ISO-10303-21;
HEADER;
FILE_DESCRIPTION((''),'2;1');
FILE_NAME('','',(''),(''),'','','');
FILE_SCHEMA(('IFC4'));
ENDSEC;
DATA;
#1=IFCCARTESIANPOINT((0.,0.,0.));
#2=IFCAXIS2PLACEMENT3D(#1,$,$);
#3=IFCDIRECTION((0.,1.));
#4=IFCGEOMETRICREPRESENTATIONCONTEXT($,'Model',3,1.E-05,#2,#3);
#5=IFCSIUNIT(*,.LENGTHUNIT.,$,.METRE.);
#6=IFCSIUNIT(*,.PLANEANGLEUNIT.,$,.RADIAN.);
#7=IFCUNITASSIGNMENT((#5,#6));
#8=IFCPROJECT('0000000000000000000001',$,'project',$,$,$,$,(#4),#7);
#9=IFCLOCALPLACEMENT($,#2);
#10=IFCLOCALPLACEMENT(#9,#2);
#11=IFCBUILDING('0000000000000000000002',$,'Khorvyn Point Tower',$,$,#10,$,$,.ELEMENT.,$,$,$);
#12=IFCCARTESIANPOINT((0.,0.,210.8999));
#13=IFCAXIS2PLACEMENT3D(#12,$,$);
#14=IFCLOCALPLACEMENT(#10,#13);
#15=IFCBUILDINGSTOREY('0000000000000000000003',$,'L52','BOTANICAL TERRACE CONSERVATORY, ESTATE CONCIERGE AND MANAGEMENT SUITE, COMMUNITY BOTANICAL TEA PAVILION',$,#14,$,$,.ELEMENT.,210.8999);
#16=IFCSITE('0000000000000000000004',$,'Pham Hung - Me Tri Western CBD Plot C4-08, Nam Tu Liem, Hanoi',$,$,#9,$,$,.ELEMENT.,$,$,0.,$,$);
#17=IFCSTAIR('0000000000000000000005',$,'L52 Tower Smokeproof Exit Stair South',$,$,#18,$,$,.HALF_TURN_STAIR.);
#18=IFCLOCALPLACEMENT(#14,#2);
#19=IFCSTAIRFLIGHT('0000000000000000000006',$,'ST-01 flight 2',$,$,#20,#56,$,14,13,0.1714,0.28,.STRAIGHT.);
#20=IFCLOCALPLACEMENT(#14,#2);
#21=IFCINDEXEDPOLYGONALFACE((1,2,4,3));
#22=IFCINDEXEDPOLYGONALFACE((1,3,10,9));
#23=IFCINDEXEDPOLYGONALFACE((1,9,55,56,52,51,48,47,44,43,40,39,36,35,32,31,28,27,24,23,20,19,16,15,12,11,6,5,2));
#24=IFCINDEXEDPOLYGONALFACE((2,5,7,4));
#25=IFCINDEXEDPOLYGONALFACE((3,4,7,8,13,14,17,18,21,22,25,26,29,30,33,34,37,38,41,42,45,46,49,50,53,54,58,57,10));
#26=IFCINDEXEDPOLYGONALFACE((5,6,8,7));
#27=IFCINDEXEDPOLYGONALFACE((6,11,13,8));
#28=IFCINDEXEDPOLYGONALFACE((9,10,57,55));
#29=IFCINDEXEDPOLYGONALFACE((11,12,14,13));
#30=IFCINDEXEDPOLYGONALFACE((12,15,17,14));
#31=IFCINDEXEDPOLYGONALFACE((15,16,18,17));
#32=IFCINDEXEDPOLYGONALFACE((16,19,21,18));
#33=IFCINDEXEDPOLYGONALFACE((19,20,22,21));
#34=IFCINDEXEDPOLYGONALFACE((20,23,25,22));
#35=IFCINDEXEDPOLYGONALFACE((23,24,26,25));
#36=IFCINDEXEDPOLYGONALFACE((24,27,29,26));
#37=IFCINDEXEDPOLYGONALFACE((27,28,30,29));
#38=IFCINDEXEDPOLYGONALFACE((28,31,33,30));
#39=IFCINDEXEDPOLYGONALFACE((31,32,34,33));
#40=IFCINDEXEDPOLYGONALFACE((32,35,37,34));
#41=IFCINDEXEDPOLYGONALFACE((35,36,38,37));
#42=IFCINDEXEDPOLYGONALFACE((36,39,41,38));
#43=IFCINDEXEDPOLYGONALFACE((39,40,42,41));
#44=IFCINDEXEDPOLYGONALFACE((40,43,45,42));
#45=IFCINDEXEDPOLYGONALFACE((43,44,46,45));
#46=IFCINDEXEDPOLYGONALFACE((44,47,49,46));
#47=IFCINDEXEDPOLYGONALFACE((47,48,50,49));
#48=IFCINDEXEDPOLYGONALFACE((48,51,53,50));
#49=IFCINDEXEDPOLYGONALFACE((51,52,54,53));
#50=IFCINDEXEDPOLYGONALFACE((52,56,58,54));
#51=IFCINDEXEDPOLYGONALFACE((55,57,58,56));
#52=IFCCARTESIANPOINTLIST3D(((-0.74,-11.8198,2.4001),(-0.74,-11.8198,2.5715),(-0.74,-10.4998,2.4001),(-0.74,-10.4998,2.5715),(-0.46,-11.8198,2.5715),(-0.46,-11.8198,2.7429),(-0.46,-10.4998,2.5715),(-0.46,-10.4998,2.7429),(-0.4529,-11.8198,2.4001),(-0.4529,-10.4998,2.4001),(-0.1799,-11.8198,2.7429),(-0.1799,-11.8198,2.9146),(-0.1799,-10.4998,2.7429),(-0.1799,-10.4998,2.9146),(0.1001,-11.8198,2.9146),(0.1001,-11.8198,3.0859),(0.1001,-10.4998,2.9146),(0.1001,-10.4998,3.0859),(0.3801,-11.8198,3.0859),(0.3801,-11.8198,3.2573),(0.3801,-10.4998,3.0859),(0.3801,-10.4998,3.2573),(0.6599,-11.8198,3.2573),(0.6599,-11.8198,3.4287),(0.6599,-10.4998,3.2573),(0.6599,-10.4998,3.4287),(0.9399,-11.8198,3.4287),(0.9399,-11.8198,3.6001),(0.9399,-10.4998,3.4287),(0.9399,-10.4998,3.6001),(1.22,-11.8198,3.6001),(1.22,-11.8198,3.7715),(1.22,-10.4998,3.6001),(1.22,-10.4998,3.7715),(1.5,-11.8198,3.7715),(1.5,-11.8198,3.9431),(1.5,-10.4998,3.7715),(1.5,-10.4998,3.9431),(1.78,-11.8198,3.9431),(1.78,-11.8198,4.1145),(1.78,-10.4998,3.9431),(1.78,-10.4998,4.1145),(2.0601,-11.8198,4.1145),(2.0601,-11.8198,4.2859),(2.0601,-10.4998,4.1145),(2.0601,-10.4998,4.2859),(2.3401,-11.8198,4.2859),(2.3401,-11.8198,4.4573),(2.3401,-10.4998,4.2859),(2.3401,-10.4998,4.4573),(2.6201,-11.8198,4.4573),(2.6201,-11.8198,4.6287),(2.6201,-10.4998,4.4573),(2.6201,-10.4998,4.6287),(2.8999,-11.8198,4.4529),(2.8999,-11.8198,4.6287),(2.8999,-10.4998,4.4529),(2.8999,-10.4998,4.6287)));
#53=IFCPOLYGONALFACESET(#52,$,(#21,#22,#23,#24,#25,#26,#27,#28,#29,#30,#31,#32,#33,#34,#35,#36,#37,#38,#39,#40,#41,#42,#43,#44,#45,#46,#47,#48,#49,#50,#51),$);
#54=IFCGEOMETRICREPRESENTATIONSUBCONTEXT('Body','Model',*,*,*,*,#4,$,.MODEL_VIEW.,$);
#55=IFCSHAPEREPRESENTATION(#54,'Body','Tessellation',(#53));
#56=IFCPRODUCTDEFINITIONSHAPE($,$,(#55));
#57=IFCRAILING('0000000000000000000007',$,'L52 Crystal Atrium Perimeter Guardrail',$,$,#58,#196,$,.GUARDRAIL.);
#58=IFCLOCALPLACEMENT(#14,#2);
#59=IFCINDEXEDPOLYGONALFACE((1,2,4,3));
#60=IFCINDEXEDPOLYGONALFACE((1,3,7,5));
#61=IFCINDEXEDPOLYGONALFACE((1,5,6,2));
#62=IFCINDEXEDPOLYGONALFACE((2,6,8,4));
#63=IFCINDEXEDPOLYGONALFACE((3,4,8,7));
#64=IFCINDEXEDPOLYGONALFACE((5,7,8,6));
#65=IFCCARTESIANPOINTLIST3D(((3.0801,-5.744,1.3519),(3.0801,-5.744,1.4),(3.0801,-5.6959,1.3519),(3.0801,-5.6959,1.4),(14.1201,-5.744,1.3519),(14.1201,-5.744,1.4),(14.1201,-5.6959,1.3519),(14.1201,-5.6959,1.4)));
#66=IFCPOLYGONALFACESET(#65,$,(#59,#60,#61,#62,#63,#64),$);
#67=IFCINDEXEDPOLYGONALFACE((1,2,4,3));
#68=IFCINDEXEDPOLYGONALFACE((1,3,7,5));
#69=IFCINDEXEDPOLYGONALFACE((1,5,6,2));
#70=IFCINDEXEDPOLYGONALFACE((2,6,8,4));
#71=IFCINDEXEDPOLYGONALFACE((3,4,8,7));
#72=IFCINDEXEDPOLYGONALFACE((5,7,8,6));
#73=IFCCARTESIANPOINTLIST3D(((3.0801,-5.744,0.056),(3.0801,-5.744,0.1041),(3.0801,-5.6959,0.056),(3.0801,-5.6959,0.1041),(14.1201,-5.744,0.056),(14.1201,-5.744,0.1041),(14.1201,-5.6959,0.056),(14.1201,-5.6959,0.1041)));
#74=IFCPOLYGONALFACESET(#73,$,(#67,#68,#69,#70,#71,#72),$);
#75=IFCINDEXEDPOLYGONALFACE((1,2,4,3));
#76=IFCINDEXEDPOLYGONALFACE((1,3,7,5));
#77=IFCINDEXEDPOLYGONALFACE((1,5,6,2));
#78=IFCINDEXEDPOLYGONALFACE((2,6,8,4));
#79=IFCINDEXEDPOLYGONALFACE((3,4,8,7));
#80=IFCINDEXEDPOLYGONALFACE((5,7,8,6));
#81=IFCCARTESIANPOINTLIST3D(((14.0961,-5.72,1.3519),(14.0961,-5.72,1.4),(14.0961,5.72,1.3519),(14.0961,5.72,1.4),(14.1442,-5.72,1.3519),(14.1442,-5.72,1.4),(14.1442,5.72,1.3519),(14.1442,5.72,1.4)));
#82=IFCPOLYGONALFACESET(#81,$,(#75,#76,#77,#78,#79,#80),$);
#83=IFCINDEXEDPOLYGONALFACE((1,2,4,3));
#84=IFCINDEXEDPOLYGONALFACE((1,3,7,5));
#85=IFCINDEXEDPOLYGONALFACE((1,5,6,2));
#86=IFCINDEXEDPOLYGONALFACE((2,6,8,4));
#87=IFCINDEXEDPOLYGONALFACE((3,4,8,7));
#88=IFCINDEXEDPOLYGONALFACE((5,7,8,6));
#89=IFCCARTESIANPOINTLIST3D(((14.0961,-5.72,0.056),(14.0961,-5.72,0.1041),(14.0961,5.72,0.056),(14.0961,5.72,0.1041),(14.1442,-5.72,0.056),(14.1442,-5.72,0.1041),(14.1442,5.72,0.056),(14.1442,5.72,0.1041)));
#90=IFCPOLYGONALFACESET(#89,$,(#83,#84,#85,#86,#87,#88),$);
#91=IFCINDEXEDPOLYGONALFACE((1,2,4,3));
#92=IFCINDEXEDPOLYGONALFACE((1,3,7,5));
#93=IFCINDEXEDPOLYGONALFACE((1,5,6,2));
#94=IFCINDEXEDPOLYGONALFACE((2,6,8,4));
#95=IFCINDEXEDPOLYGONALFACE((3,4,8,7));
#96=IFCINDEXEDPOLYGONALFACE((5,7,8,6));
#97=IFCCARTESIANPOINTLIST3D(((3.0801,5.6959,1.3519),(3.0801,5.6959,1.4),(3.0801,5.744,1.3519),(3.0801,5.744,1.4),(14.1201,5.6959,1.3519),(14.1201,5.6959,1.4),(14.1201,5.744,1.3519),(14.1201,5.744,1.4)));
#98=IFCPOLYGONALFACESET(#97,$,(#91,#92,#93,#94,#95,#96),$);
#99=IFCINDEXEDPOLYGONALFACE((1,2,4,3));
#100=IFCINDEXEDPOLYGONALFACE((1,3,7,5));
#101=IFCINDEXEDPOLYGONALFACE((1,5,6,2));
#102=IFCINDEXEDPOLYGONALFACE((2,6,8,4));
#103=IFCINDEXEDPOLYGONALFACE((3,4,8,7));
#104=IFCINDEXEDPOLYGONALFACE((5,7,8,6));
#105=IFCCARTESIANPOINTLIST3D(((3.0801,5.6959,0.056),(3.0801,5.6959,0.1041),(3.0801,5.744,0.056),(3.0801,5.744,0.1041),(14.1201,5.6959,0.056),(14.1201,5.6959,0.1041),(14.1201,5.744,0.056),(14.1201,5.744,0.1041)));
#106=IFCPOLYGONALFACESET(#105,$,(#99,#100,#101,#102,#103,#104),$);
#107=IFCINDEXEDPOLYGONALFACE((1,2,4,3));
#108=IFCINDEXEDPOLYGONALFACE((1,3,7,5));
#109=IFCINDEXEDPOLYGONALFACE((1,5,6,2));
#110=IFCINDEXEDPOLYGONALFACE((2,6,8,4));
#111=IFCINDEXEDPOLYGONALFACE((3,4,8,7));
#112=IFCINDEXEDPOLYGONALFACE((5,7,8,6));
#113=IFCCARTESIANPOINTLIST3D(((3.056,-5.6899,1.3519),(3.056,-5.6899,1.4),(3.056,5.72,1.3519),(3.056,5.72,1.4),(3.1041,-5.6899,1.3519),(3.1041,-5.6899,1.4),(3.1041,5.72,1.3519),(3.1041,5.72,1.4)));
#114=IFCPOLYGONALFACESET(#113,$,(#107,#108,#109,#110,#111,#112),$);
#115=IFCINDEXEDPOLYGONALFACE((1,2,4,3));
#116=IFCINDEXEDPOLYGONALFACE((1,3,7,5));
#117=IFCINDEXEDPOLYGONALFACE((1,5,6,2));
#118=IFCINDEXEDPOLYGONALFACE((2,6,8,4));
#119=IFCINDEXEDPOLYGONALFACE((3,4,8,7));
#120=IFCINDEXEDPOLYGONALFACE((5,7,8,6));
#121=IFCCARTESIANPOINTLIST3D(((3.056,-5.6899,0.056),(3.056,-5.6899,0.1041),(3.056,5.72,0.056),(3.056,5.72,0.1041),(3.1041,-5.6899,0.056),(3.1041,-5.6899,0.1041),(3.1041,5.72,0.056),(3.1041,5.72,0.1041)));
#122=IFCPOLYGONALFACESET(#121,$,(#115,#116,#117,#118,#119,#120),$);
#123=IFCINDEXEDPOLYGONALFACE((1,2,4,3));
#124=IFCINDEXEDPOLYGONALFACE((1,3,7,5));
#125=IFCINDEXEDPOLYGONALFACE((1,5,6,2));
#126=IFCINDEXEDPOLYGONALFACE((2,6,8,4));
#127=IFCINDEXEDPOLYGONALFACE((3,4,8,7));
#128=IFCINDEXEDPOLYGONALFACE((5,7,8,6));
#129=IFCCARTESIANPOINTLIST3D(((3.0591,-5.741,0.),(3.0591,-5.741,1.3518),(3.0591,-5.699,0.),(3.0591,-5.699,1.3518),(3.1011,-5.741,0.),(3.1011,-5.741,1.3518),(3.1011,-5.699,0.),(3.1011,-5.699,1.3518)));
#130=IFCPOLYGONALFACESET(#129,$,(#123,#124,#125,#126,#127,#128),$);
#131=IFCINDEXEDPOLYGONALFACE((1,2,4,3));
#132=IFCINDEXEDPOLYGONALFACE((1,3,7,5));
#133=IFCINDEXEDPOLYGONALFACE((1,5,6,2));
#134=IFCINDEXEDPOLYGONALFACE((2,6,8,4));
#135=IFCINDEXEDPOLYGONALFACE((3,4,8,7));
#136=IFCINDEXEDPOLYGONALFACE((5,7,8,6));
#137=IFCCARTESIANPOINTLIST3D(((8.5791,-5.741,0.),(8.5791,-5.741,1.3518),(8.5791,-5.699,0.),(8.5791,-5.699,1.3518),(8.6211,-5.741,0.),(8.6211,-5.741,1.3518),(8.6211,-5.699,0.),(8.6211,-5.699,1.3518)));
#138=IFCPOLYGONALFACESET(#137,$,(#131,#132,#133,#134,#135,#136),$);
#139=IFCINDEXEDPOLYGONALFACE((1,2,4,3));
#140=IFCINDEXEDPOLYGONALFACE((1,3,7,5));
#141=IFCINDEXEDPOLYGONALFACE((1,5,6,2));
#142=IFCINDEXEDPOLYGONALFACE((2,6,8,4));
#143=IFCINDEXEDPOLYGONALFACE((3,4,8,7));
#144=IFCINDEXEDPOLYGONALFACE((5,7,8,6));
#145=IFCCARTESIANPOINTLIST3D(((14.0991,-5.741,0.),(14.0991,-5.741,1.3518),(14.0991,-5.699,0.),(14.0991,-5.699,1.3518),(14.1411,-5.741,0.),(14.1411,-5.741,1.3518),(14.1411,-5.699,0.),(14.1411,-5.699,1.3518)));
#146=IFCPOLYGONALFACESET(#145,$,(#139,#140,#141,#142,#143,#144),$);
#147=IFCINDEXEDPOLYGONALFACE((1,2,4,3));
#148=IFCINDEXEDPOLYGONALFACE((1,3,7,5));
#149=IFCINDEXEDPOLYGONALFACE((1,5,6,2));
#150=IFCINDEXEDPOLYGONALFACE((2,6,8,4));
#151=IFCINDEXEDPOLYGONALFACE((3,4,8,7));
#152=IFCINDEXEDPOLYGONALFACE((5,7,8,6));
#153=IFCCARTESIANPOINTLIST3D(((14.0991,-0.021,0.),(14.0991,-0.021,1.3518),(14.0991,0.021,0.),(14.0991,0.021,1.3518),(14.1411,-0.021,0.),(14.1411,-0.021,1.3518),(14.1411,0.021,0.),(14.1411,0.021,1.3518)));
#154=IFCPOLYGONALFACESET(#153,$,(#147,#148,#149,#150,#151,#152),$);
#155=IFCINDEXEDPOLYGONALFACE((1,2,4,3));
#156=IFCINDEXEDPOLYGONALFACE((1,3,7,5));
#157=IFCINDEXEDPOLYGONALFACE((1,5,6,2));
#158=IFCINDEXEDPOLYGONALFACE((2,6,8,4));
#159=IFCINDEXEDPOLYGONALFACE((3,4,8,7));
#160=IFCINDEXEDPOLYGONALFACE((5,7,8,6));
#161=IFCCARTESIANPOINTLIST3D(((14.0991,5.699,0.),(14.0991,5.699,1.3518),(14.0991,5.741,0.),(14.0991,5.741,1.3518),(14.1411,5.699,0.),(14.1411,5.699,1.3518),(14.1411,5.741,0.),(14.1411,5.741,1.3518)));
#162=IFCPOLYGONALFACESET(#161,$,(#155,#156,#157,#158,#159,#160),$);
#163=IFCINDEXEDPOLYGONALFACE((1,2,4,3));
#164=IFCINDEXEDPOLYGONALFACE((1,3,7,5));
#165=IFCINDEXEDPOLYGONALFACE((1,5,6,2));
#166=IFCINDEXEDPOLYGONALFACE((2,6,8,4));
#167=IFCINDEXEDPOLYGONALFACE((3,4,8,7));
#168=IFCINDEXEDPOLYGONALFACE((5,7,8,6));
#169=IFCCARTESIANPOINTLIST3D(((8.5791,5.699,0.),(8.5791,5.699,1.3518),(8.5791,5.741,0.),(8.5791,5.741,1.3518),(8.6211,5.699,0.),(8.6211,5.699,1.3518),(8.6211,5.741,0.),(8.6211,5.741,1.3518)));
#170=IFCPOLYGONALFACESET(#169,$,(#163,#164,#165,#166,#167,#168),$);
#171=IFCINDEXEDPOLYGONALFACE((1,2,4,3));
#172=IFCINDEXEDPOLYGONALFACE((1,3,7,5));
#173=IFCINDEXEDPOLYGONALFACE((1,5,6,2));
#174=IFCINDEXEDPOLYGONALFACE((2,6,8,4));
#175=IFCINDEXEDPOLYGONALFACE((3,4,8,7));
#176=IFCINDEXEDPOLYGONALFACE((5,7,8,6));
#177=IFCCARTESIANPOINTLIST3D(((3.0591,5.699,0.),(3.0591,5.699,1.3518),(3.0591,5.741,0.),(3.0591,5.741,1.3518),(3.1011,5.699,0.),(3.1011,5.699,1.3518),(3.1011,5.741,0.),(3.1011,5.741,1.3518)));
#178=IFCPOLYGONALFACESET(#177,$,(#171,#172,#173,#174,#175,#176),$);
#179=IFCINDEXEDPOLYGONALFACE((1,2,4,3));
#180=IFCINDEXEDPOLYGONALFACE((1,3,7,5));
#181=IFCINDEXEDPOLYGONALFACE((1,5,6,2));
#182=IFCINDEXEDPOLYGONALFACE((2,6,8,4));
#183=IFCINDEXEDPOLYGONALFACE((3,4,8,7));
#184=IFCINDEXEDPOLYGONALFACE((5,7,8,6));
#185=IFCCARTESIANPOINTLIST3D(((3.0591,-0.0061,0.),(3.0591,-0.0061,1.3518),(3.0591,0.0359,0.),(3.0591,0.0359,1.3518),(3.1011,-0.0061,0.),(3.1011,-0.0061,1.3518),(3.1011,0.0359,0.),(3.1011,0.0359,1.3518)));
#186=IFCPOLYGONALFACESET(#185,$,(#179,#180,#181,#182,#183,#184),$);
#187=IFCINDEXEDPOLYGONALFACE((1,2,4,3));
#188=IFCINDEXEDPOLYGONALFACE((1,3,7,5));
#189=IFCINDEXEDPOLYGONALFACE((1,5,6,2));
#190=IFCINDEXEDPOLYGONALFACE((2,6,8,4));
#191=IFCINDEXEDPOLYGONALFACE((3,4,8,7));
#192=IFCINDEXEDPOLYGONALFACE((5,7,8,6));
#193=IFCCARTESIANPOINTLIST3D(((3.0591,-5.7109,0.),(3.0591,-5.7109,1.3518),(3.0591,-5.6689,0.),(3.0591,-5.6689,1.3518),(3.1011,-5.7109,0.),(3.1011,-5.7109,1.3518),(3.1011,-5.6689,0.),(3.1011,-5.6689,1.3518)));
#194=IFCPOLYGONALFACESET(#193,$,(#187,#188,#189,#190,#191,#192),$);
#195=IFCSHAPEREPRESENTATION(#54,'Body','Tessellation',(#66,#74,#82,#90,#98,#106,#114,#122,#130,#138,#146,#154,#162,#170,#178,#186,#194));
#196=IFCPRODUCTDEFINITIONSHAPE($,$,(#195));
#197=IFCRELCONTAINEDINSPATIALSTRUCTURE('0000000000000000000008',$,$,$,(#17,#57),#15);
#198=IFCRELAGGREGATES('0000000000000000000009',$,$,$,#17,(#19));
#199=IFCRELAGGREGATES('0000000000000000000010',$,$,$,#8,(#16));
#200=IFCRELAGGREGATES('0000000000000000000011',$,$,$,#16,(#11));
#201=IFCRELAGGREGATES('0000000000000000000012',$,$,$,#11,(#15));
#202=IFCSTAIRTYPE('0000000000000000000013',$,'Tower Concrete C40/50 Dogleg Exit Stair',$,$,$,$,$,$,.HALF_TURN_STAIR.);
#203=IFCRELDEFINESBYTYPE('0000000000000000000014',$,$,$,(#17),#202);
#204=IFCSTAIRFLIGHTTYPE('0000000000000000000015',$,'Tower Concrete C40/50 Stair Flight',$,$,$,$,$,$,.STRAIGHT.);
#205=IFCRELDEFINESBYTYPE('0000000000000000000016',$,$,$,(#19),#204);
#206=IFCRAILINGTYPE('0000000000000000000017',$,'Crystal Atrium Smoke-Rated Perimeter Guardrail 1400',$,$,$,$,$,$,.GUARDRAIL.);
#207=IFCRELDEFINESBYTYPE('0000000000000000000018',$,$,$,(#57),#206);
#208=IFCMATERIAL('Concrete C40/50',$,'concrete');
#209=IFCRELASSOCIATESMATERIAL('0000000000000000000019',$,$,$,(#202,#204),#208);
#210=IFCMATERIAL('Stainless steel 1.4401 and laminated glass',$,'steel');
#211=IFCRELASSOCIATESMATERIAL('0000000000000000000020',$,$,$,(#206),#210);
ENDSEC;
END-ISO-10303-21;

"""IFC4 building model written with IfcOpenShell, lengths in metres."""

from ifc_helpers import new_model, si_unit, direction, frame, origin, origin_2d, place, context, subcontext, project, spatial, polyline, rectangle, outline, extrude, material, type_object, element, aggregate, save


model = new_model("IFC4")

# Units and contexts
model_context = context("Model", 3, precision=1e-05, world=origin(), true_north=direction((0.0, 1.0)))
body_context = subcontext(model_context, "Body", "Model", "MODEL_VIEW")
ifc_project = project(units=[si_unit("LENGTHUNIT", "METRE"), si_unit("PLANEANGLEUNIT", "RADIAN")], contexts=[model_context])

# Site, building, storey
site_placement = place(None, origin())
site = spatial("IfcSite", under=ifc_project, at=site_placement, Name="Pham Hung - Me Tri Western CBD Plot C4-08, Nam Tu Liem, Hanoi", CompositionType="ELEMENT", RefElevation=0.0)
building_placement = place(site_placement, origin())
building = spatial("IfcBuilding", under=site, at=building_placement, Name="Khorvyn Point Tower", CompositionType="ELEMENT")
storey_placement = place(building_placement, frame((0.0, 0.0, 210.8999)))
storey = spatial("IfcBuildingStorey", under=building, at=storey_placement, Name="L52", Description="BOTANICAL TERRACE CONSERVATORY, ESTATE CONCIERGE AND MANAGEMENT SUITE, COMMUNITY BOTANICAL TEA PAVILION", CompositionType="ELEMENT", Elevation=210.8999)

# Shared definitions
ifc_material_1 = material(Name="Concrete C40/50", Category="concrete")

# Stair, stair flight
stair_type = type_object("IfcStairType", Name="Tower Concrete C40/50 Dogleg Exit Stair", PredefinedType="HALF_TURN_STAIR", material=ifc_material_1)
stair_placement = place(storey_placement, origin())
stair = element("IfcStair", 1, at=stair_placement, inside=storey, type_object=stair_type, Name="L52 Tower Smokeproof Exit Stair South", PredefinedType="HALF_TURN_STAIR")
stair_flight_type = type_object("IfcStairFlightType", Name="Tower Concrete C40/50 Stair Flight", PredefinedType="STRAIGHT", material=ifc_material_1)
stair_flight_1_placement = place(storey_placement, frame((-0.74, -11.1599, 2.4001), z_axis=(0.0, 0.0, 1.0), x_axis=(1.0, 0.0, 0.0)))
stair_flight_1 = element("IfcStairFlight", 2, at=stair_flight_1_placement, type_object=stair_flight_type, Name="ST-01 flight 2", NumberOfRisers=14, NumberOfTreads=13, PredefinedType="STRAIGHT", RiserHeight=0.1714, TreadLength=0.28, context=body_context, shape_type="SweptSolid", body=[
    extrude(outline(polyline([(0.0, 0.0), (0.0, 0.1714), (0.28, 0.1714), (0.28, 0.3428), (0.5601, 0.3428), (0.5601, 0.5144), (0.8401, 0.5144), (0.8401, 0.6858), (1.1201, 0.6858), (1.1201, 0.8572), (1.3999, 0.8572), (1.3999, 1.0286), (1.6799, 1.0286), (1.6799, 1.2), (1.96, 1.2), (1.96, 1.3713), (2.24, 1.3713), (2.24, 1.543), (2.52, 1.543), (2.52, 1.7144), (2.8, 1.7144), (2.8, 1.8857), (3.0801, 1.8857), (3.0801, 2.0571), (3.3601, 2.0571), (3.3601, 2.2285), (3.6399, 2.2285), (3.6399, 2.3999), (3.6399, 2.0527), (0.2871, 0.0), (0.0, 0.0)])), frame((0.0, 0.6602, 0.0), z_axis=(0.0, -1.0, 0.0), x_axis=(1.0, 0.0, 0.0)), (0.0, 0.0, 1.0), 1.3201),
])
aggregate(stair, [stair_flight_1])

# Railing
ifc_material_2 = material(Name="Stainless steel 1.4401 and laminated glass", Category="steel")
railing_type_1 = type_object("IfcRailingType", Name="Crystal Atrium Smoke-Rated Perimeter Guardrail 1400", PredefinedType="GUARDRAIL", material=ifc_material_2)
railing_1_placement = place(storey_placement, frame((3.0801, -5.72, 0.0)))
element("IfcRailing", 3, at=railing_1_placement, inside=storey, type_object=railing_type_1, Name="L52 Crystal Atrium Perimeter Guardrail", PredefinedType="GUARDRAIL", context=body_context, shape_type="SweptSolid", body=[
    extrude(rectangle(XDim=0.0481, YDim=0.0481, at=origin_2d()), frame((0.0, 0.0, 1.376), z_axis=(1.0, 0.0, 0.0), x_axis=(0.0, 1.0, 0.0)), (0.0, 0.0, 1.0), 11.04),
    extrude(rectangle(XDim=0.0481, YDim=0.0481, at=origin_2d()), frame((0.0, 0.0, 0.0801), z_axis=(1.0, 0.0, 0.0), x_axis=(0.0, 1.0, 0.0)), (0.0, 0.0, 1.0), 11.04),
    extrude(rectangle(XDim=0.0481, YDim=0.0481, at=origin_2d()), frame((11.04, 0.0, 1.376), z_axis=(0.0, 1.0, 0.0), x_axis=(-1.0, 0.0, 0.0)), (0.0, 0.0, 1.0), 11.4399),
    extrude(rectangle(XDim=0.0481, YDim=0.0481, at=origin_2d()), frame((11.04, 0.0, 0.0801), z_axis=(0.0, 1.0, 0.0), x_axis=(-1.0, 0.0, 0.0)), (0.0, 0.0, 1.0), 11.4399),
    extrude(rectangle(XDim=0.0481, YDim=0.0481, at=origin_2d()), frame((11.04, 11.4399, 1.376), z_axis=(-1.0, 0.0, 0.0), x_axis=(0.0, -1.0, 0.0)), (0.0, 0.0, 1.0), 11.04),
    extrude(rectangle(XDim=0.0481, YDim=0.0481, at=origin_2d()), frame((11.04, 11.4399, 0.0801), z_axis=(-1.0, 0.0, 0.0), x_axis=(0.0, -1.0, 0.0)), (0.0, 0.0, 1.0), 11.04),
    extrude(rectangle(XDim=0.0481, YDim=0.0481, at=origin_2d()), frame((0.0, 11.4399, 1.376), z_axis=(0.0, -1.0, 0.0), x_axis=(1.0, 0.0, 0.0)), (0.0, 0.0, 1.0), 11.4099),
    extrude(rectangle(XDim=0.0481, YDim=0.0481, at=origin_2d()), frame((0.0, 11.4399, 0.0801), z_axis=(0.0, -1.0, 0.0), x_axis=(1.0, 0.0, 0.0)), (0.0, 0.0, 1.0), 11.4099),
    extrude(rectangle(XDim=0.042, YDim=0.042, at=origin_2d()), origin(), (0.0, 0.0, 1.0), 1.3518),
    extrude(rectangle(XDim=0.042, YDim=0.042, at=origin_2d()), frame((5.52, 0.0, 0.0)), (0.0, 0.0, 1.0), 1.3518),
    extrude(rectangle(XDim=0.042, YDim=0.042, at=origin_2d()), frame((11.04, 0.0, 0.0)), (0.0, 0.0, 1.0), 1.3518),
    extrude(rectangle(XDim=0.042, YDim=0.042, at=origin_2d()), frame((11.04, 5.72, 0.0)), (0.0, 0.0, 1.0), 1.3518),
    extrude(rectangle(XDim=0.042, YDim=0.042, at=origin_2d()), frame((11.04, 11.4399, 0.0)), (0.0, 0.0, 1.0), 1.3518),
    extrude(rectangle(XDim=0.042, YDim=0.042, at=origin_2d()), frame((5.52, 11.4399, 0.0)), (0.0, 0.0, 1.0), 1.3518),
    extrude(rectangle(XDim=0.042, YDim=0.042, at=origin_2d()), frame((0.0, 11.4399, 0.0)), (0.0, 0.0, 1.0), 1.3518),
    extrude(rectangle(XDim=0.042, YDim=0.042, at=origin_2d()), frame((0.0, 5.7349, 0.0)), (0.0, 0.0, 1.0), 1.3518),
    extrude(rectangle(XDim=0.042, YDim=0.042, at=origin_2d()), frame((0.0, 0.03, 0.0)), (0.0, 0.0, 1.0), 1.3518),
])

save(model, "model.ifc")
